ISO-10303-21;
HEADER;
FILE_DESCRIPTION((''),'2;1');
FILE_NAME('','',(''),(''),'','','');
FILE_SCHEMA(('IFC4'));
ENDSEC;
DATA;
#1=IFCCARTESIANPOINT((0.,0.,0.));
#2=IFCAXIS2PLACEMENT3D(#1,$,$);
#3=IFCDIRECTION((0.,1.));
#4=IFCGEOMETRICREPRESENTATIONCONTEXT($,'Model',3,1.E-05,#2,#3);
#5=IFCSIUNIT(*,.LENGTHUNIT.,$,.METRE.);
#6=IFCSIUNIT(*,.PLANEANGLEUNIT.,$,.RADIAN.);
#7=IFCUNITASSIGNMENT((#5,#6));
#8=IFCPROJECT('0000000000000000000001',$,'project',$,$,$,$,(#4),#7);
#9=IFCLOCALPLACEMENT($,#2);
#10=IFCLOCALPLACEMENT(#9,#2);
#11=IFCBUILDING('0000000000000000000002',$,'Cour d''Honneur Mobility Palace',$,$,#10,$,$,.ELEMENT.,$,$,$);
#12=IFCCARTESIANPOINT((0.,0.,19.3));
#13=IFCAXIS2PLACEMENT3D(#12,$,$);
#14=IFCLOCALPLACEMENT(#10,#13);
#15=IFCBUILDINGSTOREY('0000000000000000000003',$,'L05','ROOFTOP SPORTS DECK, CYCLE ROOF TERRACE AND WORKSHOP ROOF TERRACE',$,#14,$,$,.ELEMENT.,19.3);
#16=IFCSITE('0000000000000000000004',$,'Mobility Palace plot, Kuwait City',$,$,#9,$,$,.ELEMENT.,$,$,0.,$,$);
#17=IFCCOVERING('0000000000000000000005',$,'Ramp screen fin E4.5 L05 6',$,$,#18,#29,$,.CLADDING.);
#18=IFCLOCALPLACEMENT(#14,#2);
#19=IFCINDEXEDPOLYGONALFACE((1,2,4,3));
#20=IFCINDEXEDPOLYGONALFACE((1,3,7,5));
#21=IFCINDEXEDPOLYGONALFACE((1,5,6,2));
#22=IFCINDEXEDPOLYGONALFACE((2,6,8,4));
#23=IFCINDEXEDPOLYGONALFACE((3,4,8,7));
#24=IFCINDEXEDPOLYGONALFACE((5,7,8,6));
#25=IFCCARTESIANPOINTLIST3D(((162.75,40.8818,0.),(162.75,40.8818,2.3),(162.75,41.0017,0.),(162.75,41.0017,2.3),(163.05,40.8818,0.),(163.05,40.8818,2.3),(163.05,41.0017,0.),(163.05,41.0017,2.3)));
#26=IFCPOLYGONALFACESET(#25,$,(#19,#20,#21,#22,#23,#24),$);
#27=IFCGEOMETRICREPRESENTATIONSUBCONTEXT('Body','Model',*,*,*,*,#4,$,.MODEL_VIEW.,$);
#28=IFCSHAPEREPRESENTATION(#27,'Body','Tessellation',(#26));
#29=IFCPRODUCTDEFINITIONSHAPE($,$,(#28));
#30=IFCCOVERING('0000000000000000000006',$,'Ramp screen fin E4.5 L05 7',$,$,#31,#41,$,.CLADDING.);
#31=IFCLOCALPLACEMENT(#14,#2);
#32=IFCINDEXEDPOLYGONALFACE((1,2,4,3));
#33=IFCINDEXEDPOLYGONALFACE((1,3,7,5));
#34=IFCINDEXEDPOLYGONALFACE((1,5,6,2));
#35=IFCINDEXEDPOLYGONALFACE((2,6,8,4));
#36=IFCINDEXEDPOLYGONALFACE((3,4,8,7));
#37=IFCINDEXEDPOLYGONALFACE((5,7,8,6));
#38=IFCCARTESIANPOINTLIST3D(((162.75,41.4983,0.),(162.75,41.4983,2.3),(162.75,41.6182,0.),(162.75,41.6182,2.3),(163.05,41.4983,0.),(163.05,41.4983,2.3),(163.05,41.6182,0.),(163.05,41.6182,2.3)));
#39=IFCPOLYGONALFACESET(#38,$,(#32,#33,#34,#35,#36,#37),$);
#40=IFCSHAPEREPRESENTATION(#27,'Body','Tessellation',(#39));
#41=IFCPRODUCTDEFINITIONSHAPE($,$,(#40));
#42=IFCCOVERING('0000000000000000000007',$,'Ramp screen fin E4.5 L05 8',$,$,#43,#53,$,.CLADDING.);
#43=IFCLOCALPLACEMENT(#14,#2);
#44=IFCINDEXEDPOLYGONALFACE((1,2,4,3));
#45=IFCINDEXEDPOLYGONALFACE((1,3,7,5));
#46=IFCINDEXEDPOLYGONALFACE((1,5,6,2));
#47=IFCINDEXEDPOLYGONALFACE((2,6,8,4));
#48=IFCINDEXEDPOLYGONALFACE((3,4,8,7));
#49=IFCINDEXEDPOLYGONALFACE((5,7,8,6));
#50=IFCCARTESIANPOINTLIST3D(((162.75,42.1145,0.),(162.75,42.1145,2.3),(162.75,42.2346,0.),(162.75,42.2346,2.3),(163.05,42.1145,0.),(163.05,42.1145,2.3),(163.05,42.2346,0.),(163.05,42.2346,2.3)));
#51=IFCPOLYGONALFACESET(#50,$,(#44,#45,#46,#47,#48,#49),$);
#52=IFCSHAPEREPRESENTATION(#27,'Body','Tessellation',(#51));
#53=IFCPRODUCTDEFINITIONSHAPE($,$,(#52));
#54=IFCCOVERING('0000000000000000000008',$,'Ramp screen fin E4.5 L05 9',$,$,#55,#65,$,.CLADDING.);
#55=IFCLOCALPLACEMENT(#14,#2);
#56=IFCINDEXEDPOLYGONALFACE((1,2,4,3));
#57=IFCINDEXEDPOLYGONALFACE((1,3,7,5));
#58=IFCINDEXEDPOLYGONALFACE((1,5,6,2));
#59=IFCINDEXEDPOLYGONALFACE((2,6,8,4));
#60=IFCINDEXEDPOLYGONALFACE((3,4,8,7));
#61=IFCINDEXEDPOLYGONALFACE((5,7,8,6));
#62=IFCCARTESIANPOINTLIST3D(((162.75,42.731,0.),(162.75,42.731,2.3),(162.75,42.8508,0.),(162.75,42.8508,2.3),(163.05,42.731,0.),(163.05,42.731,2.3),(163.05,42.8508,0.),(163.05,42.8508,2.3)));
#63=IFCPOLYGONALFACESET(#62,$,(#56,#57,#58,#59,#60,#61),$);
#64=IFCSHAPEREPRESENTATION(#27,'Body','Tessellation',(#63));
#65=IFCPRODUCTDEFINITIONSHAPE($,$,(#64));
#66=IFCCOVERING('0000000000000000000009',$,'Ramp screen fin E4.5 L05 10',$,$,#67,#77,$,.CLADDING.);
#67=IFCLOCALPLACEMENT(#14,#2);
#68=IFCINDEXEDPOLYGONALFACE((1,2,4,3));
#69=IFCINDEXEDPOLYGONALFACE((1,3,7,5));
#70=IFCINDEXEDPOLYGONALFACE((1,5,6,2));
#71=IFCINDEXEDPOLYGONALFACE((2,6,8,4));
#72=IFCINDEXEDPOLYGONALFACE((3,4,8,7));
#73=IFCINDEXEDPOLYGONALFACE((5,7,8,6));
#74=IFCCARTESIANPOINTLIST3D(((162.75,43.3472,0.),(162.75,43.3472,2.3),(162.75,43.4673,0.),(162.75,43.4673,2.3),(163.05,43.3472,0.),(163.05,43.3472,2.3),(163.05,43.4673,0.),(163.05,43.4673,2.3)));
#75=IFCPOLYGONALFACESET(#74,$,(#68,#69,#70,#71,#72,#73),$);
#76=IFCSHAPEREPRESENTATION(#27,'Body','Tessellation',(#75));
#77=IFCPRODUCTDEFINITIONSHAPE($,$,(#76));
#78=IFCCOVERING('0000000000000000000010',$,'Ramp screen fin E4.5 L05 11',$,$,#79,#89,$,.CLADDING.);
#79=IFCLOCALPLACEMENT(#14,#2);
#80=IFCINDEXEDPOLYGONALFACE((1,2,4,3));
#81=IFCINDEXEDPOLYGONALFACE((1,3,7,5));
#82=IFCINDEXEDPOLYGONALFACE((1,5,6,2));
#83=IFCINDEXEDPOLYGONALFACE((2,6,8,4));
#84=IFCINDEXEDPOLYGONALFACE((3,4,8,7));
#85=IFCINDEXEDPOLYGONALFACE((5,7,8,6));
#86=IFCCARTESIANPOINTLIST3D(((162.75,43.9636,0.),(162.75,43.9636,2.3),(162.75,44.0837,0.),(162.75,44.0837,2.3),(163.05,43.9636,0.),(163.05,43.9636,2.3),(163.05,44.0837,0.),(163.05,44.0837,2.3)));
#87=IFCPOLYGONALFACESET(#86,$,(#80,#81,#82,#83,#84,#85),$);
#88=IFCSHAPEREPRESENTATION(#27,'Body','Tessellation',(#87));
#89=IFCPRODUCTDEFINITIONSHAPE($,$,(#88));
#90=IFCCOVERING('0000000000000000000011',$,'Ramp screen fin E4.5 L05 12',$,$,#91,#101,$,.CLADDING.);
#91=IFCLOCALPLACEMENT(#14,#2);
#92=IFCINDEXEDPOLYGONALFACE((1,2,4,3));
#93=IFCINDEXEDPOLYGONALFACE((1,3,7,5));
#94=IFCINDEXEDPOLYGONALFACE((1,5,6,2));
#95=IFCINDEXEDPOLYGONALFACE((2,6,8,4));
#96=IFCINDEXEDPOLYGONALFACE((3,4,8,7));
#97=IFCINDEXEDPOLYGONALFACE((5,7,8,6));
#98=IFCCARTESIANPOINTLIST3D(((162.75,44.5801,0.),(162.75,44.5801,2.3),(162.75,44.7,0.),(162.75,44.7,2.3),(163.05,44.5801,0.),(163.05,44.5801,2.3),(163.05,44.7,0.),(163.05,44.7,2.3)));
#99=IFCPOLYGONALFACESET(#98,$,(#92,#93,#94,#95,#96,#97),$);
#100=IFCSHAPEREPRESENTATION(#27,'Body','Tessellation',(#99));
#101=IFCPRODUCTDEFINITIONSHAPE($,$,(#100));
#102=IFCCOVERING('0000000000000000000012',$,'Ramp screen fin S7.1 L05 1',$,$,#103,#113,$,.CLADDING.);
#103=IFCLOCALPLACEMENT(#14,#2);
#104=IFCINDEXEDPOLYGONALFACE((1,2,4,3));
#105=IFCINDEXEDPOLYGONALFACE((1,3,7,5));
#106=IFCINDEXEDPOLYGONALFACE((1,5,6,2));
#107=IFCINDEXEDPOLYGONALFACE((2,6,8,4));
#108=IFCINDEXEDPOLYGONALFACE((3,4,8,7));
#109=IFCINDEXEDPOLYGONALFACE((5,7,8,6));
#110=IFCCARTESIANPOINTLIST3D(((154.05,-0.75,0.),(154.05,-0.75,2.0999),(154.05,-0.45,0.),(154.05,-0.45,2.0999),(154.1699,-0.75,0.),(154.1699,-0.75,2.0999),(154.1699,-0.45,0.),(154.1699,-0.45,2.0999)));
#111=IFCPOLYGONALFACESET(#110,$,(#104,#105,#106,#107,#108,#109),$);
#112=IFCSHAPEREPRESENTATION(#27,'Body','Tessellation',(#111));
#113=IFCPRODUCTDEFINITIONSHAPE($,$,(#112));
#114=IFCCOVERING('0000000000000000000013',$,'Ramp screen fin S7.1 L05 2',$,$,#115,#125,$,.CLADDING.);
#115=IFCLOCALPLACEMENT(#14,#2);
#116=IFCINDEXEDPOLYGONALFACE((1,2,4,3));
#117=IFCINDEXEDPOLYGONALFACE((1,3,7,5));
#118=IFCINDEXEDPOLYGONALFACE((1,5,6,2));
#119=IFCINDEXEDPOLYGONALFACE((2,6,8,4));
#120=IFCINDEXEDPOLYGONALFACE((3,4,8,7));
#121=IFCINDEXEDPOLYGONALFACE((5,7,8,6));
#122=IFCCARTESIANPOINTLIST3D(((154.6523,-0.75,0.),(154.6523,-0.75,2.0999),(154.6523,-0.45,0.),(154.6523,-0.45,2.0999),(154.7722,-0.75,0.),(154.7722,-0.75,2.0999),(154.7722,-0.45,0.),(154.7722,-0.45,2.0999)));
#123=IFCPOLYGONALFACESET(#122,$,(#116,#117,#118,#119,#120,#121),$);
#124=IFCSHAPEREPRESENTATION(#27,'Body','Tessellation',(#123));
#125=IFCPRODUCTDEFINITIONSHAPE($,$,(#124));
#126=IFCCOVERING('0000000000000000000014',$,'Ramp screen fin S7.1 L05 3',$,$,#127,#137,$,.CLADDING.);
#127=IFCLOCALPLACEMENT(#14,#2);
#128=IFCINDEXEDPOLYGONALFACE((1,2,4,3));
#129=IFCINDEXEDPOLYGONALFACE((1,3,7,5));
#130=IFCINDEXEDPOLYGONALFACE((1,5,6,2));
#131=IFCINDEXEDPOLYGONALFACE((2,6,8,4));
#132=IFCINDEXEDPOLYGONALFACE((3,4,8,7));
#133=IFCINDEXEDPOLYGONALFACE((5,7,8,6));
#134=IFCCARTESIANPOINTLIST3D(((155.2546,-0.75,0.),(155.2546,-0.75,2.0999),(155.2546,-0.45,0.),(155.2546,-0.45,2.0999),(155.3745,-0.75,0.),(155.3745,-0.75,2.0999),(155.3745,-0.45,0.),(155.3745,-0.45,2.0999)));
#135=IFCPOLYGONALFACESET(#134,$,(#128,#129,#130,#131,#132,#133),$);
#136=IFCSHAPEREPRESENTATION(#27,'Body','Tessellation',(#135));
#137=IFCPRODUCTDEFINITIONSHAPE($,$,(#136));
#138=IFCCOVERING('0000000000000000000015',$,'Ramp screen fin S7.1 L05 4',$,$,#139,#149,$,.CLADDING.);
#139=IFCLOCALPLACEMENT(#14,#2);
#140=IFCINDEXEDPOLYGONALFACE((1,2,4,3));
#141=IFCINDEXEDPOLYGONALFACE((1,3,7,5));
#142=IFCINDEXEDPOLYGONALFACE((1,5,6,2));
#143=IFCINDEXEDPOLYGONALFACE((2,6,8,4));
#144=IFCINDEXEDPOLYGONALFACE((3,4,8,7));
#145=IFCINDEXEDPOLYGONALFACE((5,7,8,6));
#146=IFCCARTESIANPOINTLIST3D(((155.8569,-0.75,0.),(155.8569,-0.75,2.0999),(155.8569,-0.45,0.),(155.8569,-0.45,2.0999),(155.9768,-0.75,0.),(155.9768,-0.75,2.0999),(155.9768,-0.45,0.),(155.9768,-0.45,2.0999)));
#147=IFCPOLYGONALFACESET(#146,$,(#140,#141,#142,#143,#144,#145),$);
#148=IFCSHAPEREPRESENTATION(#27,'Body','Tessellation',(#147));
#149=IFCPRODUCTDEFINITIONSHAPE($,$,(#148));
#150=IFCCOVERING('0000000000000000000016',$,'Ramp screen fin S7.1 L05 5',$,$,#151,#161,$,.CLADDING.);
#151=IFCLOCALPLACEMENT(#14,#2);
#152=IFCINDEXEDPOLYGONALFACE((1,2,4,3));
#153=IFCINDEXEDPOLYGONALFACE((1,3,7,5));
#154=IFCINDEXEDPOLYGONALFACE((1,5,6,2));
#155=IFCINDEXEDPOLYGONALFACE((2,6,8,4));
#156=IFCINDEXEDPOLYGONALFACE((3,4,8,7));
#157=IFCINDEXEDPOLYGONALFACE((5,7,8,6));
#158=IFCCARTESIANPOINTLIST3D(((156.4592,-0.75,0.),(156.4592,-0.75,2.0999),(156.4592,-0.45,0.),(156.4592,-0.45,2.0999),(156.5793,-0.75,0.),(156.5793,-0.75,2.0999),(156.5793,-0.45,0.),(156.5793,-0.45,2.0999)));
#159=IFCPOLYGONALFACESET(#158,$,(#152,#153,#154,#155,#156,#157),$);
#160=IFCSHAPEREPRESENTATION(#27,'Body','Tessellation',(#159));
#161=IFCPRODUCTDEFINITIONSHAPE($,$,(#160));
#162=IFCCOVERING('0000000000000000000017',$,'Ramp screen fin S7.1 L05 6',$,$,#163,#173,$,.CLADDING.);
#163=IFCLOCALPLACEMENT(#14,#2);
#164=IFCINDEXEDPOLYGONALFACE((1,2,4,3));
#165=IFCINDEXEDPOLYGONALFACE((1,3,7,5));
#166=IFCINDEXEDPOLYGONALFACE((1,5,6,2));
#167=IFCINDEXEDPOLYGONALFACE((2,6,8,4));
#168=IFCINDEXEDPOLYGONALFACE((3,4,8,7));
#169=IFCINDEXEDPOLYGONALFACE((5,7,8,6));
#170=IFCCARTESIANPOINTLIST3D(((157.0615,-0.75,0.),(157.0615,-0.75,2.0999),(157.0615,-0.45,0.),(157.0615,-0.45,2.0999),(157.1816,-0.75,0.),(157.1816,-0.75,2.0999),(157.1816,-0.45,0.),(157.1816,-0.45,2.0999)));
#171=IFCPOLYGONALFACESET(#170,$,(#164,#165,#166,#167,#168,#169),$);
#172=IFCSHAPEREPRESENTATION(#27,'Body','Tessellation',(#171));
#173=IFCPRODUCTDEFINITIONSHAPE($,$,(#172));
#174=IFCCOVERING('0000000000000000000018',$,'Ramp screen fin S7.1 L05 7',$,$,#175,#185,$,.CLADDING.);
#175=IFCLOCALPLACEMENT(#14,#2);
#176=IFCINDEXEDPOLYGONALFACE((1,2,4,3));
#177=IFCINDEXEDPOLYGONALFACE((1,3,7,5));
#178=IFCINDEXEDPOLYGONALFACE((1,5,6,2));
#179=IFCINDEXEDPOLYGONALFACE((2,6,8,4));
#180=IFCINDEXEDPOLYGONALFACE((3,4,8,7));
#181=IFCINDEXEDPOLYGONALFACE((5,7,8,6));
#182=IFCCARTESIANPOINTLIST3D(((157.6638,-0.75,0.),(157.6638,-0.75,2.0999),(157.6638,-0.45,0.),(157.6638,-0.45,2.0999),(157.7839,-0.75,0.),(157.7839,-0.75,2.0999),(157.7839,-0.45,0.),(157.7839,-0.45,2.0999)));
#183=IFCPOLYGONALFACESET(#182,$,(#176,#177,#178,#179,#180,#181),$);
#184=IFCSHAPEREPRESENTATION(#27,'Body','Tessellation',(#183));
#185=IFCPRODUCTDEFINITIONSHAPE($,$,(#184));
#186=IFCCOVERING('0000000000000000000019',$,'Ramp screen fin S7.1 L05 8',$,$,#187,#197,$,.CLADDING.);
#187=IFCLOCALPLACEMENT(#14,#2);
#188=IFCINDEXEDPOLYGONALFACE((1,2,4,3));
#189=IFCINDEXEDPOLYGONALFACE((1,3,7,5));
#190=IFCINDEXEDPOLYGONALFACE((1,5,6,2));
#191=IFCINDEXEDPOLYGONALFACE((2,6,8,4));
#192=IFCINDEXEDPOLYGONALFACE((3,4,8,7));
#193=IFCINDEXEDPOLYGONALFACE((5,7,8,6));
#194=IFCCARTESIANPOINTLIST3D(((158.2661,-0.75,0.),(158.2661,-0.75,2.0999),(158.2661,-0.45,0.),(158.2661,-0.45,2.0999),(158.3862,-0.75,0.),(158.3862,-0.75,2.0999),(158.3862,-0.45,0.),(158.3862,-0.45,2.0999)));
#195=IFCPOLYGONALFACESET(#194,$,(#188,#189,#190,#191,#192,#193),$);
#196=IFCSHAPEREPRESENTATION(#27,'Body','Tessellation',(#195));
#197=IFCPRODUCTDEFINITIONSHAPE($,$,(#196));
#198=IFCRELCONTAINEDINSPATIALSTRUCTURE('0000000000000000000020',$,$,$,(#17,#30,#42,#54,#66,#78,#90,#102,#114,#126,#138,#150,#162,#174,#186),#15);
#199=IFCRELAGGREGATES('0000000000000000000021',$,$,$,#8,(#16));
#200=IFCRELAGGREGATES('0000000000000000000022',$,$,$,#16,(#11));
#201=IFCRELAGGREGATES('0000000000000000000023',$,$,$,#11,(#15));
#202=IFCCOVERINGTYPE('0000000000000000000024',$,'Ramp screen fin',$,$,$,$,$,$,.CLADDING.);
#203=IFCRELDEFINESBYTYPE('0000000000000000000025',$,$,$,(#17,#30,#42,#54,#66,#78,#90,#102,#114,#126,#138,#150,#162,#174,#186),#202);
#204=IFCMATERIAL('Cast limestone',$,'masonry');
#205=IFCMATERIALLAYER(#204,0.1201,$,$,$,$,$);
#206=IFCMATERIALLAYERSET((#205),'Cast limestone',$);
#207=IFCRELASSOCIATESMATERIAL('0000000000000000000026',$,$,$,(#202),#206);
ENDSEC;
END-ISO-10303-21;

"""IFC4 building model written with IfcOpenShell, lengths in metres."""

from ifc_helpers import new_model, si_unit, direction, frame, origin, place, context, subcontext, project, spatial, polyline, outline, extrude, material, layer, layer_set, type_object, element, save


model = new_model("IFC4")

# Units and contexts
model_context = context("Model", 3, precision=1e-05, world=origin(), true_north=direction((0.0, 1.0)))
body_context = subcontext(model_context, "Body", "Model", "MODEL_VIEW")
ifc_project = project(units=[si_unit("LENGTHUNIT", "METRE"), si_unit("PLANEANGLEUNIT", "RADIAN")], contexts=[model_context])

# Site, building, storey
site_placement = place(None, origin())
site = spatial("IfcSite", under=ifc_project, at=site_placement, Name="Mobility Palace plot, Kuwait City", CompositionType="ELEMENT", RefElevation=0.0)
building_placement = place(site_placement, origin())
building = spatial("IfcBuilding", under=site, at=building_placement, Name="Cour d'Honneur Mobility Palace", CompositionType="ELEMENT")
storey_placement = place(building_placement, frame((0.0, 0.0, 19.3)))
storey = spatial("IfcBuildingStorey", under=building, at=storey_placement, Name="L05", Description="ROOFTOP SPORTS DECK, CYCLE ROOF TERRACE AND WORKSHOP ROOF TERRACE", CompositionType="ELEMENT", Elevation=19.3)

# Coverings
ifc_material = material(Name="Cast limestone", Category="masonry")
ifc_layer = layer(ifc_material, 0.1201)
ifc_layer_set = layer_set([ifc_layer], Name="Cast limestone")
covering_type = type_object("IfcCoveringType", Name="Ramp screen fin", PredefinedType="CLADDING", material=ifc_layer_set)
covering_1_placement = place(storey_placement, origin())
element("IfcCovering", 1, at=covering_1_placement, inside=storey, type_object=covering_type, Name="Ramp screen fin E4.5 L05 6", PredefinedType="CLADDING", context=body_context, shape_type="SweptSolid", body=[
    extrude(outline(polyline([(162.75, 40.8818), (162.75, 41.0017), (163.05, 41.0017), (163.05, 40.8818), (162.75, 40.8818)])), origin(), (0.0, 0.0, 1.0), 2.3),
])
covering_2_placement = place(storey_placement, origin())
element("IfcCovering", 2, at=covering_2_placement, inside=storey, type_object=covering_type, Name="Ramp screen fin E4.5 L05 7", PredefinedType="CLADDING", context=body_context, shape_type="SweptSolid", body=[
    extrude(outline(polyline([(162.75, 41.4983), (162.75, 41.6182), (163.05, 41.6182), (163.05, 41.4983), (162.75, 41.4983)])), origin(), (0.0, 0.0, 1.0), 2.3),
])
covering_3_placement = place(storey_placement, origin())
element("IfcCovering", 3, at=covering_3_placement, inside=storey, type_object=covering_type, Name="Ramp screen fin E4.5 L05 8", PredefinedType="CLADDING", context=body_context, shape_type="SweptSolid", body=[
    extrude(outline(polyline([(162.75, 42.1145), (162.75, 42.2346), (163.05, 42.2346), (163.05, 42.1145), (162.75, 42.1145)])), origin(), (0.0, 0.0, 1.0), 2.3),
])
covering_4_placement = place(storey_placement, origin())
element("IfcCovering", 4, at=covering_4_placement, inside=storey, type_object=covering_type, Name="Ramp screen fin E4.5 L05 9", PredefinedType="CLADDING", context=body_context, shape_type="SweptSolid", body=[
    extrude(outline(polyline([(162.75, 42.731), (162.75, 42.8508), (163.05, 42.8508), (163.05, 42.731), (162.75, 42.731)])), origin(), (0.0, 0.0, 1.0), 2.3),
])
covering_5_placement = place(storey_placement, origin())
element("IfcCovering", 5, at=covering_5_placement, inside=storey, type_object=covering_type, Name="Ramp screen fin E4.5 L05 10", PredefinedType="CLADDING", context=body_context, shape_type="SweptSolid", body=[
    extrude(outline(polyline([(162.75, 43.3472), (162.75, 43.4673), (163.05, 43.4673), (163.05, 43.3472), (162.75, 43.3472)])), origin(), (0.0, 0.0, 1.0), 2.3),
])
covering_6_placement = place(storey_placement, origin())
element("IfcCovering", 6, at=covering_6_placement, inside=storey, type_object=covering_type, Name="Ramp screen fin E4.5 L05 11", PredefinedType="CLADDING", context=body_context, shape_type="SweptSolid", body=[
    extrude(outline(polyline([(162.75, 43.9636), (162.75, 44.0837), (163.05, 44.0837), (163.05, 43.9636), (162.75, 43.9636)])), origin(), (0.0, 0.0, 1.0), 2.3),
])
covering_7_placement = place(storey_placement, origin())
element("IfcCovering", 7, at=covering_7_placement, inside=storey, type_object=covering_type, Name="Ramp screen fin E4.5 L05 12", PredefinedType="CLADDING", context=body_context, shape_type="SweptSolid", body=[
    extrude(outline(polyline([(162.75, 44.5801), (162.75, 44.7), (163.05, 44.7), (163.05, 44.5801), (162.75, 44.5801)])), origin(), (0.0, 0.0, 1.0), 2.3),
])
covering_8_placement = place(storey_placement, origin())
element("IfcCovering", 8, at=covering_8_placement, inside=storey, type_object=covering_type, Name="Ramp screen fin S7.1 L05 1", PredefinedType="CLADDING", context=body_context, shape_type="SweptSolid", body=[
    extrude(outline(polyline([(154.05, -0.45), (154.1699, -0.45), (154.1699, -0.75), (154.05, -0.75), (154.05, -0.45)])), origin(), (0.0, 0.0, 1.0), 2.0999),
])
covering_9_placement = place(storey_placement, origin())
element("IfcCovering", 9, at=covering_9_placement, inside=storey, type_object=covering_type, Name="Ramp screen fin S7.1 L05 2", PredefinedType="CLADDING", context=body_context, shape_type="SweptSolid", body=[
    extrude(outline(polyline([(154.6523, -0.45), (154.7722, -0.45), (154.7722, -0.75), (154.6523, -0.75), (154.6523, -0.45)])), origin(), (0.0, 0.0, 1.0), 2.0999),
])
covering_10_placement = place(storey_placement, origin())
element("IfcCovering", 10, at=covering_10_placement, inside=storey, type_object=covering_type, Name="Ramp screen fin S7.1 L05 3", PredefinedType="CLADDING", context=body_context, shape_type="SweptSolid", body=[
    extrude(outline(polyline([(155.2546, -0.45), (155.3745, -0.45), (155.3745, -0.75), (155.2546, -0.75), (155.2546, -0.45)])), origin(), (0.0, 0.0, 1.0), 2.0999),
])
covering_11_placement = place(storey_placement, origin())
element("IfcCovering", 11, at=covering_11_placement, inside=storey, type_object=covering_type, Name="Ramp screen fin S7.1 L05 4", PredefinedType="CLADDING", context=body_context, shape_type="SweptSolid", body=[
    extrude(outline(polyline([(155.8569, -0.45), (155.9768, -0.45), (155.9768, -0.75), (155.8569, -0.75), (155.8569, -0.45)])), origin(), (0.0, 0.0, 1.0), 2.0999),
])
covering_12_placement = place(storey_placement, origin())
element("IfcCovering", 12, at=covering_12_placement, inside=storey, type_object=covering_type, Name="Ramp screen fin S7.1 L05 5", PredefinedType="CLADDING", context=body_context, shape_type="SweptSolid", body=[
    extrude(outline(polyline([(156.4592, -0.45), (156.5793, -0.45), (156.5793, -0.75), (156.4592, -0.75), (156.4592, -0.45)])), origin(), (0.0, 0.0, 1.0), 2.0999),
])
covering_13_placement = place(storey_placement, origin())
element("IfcCovering", 13, at=covering_13_placement, inside=storey, type_object=covering_type, Name="Ramp screen fin S7.1 L05 6", PredefinedType="CLADDING", context=body_context, shape_type="SweptSolid", body=[
    extrude(outline(polyline([(157.0615, -0.45), (157.1816, -0.45), (157.1816, -0.75), (157.0615, -0.75), (157.0615, -0.45)])), origin(), (0.0, 0.0, 1.0), 2.0999),
])
covering_14_placement = place(storey_placement, origin())
element("IfcCovering", 14, at=covering_14_placement, inside=storey, type_object=covering_type, Name="Ramp screen fin S7.1 L05 7", PredefinedType="CLADDING", context=body_context, shape_type="SweptSolid", body=[
    extrude(outline(polyline([(157.6638, -0.45), (157.7839, -0.45), (157.7839, -0.75), (157.6638, -0.75), (157.6638, -0.45)])), origin(), (0.0, 0.0, 1.0), 2.0999),
])
covering_15_placement = place(storey_placement, origin())
element("IfcCovering", 15, at=covering_15_placement, inside=storey, type_object=covering_type, Name="Ramp screen fin S7.1 L05 8", PredefinedType="CLADDING", context=body_context, shape_type="SweptSolid", body=[
    extrude(outline(polyline([(158.2661, -0.45), (158.3862, -0.45), (158.3862, -0.75), (158.2661, -0.75), (158.2661, -0.45)])), origin(), (0.0, 0.0, 1.0), 2.0999),
])

save(model, "model.ifc")
